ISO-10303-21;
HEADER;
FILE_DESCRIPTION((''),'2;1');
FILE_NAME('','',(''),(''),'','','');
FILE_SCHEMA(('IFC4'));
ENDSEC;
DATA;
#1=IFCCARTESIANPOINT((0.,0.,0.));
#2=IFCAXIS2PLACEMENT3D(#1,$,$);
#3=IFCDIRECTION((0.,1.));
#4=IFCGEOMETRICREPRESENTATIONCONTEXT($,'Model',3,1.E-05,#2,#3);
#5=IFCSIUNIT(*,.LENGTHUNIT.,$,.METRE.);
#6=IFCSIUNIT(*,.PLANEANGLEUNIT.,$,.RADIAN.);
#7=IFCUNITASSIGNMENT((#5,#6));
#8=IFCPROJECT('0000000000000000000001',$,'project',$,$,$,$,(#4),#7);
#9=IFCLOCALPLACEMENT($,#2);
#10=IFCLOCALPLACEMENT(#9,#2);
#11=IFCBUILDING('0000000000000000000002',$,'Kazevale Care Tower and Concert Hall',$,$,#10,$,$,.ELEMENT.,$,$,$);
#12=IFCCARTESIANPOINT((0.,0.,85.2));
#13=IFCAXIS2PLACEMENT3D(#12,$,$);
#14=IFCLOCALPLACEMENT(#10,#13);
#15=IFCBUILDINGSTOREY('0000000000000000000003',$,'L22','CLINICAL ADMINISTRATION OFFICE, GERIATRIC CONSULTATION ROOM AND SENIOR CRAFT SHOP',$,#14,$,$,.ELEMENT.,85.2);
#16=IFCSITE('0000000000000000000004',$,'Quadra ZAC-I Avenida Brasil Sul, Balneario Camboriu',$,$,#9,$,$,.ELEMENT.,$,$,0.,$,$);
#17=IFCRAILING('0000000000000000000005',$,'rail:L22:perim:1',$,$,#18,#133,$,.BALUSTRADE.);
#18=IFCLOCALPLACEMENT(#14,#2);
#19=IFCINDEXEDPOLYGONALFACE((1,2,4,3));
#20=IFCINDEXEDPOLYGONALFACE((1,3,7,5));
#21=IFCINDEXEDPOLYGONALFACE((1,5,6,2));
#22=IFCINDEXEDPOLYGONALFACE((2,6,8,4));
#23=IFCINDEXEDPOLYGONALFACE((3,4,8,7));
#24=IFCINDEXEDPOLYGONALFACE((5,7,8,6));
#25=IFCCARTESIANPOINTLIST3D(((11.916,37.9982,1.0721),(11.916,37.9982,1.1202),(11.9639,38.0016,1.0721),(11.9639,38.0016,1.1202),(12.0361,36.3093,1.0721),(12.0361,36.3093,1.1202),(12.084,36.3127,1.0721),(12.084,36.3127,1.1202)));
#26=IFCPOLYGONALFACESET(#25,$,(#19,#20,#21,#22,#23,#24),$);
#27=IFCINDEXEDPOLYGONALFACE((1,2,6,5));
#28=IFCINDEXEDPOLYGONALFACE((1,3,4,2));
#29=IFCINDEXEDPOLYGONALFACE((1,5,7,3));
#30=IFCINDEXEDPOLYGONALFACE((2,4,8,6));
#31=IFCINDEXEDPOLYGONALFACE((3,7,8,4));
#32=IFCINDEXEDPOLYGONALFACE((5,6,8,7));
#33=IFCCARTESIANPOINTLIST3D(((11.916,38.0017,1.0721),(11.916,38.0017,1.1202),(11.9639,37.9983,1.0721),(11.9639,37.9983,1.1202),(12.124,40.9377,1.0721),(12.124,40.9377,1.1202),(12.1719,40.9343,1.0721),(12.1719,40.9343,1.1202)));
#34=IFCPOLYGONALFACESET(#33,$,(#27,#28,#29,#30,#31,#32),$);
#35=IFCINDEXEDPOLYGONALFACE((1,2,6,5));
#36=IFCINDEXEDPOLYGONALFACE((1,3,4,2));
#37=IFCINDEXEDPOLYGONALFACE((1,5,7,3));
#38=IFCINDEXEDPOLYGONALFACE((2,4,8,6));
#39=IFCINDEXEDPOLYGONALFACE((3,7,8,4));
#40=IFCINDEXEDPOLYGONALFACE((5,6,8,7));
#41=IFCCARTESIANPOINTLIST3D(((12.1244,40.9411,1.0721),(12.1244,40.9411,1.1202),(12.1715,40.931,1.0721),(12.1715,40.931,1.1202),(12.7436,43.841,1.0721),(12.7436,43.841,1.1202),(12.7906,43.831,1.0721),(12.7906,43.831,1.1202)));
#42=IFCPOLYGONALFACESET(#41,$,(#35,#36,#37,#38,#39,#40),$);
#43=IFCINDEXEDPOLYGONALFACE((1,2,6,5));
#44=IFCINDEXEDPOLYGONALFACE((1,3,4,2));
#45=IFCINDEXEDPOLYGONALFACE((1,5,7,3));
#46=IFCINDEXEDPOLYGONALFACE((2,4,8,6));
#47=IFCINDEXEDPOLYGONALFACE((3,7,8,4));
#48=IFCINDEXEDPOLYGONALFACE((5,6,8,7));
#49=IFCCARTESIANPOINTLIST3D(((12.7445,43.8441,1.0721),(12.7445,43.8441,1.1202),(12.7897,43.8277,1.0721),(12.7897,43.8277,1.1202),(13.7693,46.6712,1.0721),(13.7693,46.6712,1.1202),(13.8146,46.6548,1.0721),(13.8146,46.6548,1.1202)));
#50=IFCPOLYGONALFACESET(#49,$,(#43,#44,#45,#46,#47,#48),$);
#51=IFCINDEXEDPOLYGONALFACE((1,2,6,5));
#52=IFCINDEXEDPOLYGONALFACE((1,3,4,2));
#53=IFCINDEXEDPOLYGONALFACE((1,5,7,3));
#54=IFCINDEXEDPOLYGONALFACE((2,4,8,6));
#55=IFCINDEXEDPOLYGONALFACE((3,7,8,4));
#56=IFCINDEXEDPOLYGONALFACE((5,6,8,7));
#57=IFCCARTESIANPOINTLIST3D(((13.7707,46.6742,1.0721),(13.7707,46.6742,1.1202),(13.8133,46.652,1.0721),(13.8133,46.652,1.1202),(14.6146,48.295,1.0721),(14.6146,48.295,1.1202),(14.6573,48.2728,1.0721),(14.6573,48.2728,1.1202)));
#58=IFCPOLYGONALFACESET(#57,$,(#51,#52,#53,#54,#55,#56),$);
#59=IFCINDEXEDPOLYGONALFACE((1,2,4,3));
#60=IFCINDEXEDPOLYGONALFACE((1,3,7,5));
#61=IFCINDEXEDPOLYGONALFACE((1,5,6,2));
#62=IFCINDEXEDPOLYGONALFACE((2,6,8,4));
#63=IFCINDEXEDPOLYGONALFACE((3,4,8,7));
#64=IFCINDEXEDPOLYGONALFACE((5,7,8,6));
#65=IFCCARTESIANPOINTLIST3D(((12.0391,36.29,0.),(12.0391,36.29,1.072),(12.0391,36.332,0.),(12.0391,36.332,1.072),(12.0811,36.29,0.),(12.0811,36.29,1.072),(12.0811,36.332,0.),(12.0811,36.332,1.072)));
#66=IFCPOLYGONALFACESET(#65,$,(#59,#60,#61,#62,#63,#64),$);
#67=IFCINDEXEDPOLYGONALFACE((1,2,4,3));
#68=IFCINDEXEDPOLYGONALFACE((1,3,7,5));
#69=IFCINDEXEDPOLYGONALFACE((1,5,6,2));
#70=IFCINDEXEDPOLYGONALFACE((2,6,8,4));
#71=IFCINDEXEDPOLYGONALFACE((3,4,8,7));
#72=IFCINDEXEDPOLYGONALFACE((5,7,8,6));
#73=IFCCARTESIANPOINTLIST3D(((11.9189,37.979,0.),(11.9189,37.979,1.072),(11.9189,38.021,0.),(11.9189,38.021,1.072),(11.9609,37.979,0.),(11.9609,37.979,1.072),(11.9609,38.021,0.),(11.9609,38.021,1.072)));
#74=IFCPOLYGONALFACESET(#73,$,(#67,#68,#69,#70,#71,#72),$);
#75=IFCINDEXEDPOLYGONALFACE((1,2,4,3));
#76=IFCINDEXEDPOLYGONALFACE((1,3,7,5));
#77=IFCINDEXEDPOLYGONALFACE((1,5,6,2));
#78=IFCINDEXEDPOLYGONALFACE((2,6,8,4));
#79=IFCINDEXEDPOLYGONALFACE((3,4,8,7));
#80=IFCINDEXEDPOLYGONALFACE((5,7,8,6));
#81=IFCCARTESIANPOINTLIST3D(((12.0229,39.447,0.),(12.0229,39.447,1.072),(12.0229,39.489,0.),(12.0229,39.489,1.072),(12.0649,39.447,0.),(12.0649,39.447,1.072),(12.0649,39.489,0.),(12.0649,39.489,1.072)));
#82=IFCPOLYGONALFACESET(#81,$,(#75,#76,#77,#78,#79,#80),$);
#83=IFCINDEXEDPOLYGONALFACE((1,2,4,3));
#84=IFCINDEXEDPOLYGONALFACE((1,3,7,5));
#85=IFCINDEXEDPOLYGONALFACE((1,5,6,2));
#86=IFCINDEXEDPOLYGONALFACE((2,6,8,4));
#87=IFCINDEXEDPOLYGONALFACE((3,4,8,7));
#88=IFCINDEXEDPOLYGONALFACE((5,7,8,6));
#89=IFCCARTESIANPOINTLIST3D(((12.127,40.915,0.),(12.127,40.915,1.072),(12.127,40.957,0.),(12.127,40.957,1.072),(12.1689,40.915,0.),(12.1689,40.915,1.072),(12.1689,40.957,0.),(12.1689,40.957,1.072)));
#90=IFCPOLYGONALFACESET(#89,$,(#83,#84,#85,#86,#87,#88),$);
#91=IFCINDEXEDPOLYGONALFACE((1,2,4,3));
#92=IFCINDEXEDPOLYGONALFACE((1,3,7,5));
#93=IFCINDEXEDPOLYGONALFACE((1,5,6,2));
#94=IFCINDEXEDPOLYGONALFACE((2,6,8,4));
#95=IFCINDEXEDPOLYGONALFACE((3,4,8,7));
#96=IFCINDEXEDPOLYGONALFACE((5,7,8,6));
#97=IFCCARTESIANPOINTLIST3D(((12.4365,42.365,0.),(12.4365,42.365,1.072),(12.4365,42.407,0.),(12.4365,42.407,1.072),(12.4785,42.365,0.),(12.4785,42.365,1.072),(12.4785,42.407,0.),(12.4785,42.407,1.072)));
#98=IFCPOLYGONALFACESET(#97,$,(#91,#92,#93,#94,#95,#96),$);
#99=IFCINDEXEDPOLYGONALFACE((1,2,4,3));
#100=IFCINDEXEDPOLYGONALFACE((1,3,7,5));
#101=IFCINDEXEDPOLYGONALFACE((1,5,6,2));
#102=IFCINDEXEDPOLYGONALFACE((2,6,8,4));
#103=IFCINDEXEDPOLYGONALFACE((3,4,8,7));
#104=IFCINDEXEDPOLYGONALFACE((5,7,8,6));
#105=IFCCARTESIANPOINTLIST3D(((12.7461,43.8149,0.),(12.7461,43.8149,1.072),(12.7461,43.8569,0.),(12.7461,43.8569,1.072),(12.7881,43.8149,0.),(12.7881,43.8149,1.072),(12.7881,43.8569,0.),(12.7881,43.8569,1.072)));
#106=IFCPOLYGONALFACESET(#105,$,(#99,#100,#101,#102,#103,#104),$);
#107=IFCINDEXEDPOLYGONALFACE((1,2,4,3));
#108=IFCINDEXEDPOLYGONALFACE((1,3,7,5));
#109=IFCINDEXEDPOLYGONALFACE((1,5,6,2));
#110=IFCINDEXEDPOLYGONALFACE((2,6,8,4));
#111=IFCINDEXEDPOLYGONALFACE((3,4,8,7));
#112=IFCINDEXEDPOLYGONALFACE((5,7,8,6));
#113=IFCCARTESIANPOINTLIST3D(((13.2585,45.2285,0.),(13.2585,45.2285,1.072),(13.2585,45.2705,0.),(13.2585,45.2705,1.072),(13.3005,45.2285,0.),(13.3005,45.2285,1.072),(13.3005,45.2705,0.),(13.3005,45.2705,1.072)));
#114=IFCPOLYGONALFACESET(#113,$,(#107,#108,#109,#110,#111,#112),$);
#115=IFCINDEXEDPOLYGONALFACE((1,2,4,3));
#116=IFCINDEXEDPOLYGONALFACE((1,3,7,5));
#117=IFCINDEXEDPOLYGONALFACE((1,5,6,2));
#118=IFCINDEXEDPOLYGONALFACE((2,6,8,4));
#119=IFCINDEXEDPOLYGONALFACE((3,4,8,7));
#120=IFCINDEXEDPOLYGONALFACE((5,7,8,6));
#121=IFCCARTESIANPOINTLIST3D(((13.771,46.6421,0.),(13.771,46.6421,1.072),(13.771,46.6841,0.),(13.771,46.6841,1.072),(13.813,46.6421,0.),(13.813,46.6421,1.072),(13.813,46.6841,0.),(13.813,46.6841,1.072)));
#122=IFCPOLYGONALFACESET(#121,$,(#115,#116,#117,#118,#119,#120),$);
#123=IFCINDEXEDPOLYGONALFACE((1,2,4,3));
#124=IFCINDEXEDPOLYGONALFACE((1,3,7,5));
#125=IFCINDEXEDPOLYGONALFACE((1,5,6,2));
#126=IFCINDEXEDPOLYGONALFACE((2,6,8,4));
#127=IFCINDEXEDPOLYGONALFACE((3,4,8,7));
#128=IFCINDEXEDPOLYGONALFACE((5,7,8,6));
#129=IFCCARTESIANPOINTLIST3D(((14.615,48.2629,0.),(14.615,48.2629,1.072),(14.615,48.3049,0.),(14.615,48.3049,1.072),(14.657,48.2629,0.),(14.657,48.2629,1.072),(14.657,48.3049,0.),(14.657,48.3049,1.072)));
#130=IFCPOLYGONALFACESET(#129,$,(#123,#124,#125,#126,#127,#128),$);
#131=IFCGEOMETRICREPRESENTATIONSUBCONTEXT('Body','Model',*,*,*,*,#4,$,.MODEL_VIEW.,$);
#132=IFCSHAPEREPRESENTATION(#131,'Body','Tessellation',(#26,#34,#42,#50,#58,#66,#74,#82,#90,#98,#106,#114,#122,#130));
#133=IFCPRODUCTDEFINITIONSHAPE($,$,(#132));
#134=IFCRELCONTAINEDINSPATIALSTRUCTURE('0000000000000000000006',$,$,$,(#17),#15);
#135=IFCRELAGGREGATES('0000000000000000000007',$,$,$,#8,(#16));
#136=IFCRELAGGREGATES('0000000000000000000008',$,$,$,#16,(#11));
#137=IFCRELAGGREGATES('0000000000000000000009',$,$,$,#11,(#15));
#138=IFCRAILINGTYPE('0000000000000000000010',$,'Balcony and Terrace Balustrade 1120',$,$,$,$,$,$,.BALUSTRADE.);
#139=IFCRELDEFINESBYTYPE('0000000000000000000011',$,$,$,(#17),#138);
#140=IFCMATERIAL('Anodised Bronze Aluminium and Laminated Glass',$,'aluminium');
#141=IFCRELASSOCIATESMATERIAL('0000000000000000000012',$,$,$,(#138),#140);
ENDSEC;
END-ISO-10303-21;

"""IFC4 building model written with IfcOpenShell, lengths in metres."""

from ifc_helpers import new_model, si_unit, direction, frame, origin, origin_2d, place, context, subcontext, project, spatial, rectangle, extrude, material, type_object, element, save


model = new_model("IFC4")

# Units and contexts
model_context = context("Model", 3, precision=1e-05, world=origin(), true_north=direction((0.0, 1.0)))
body_context = subcontext(model_context, "Body", "Model", "MODEL_VIEW")
ifc_project = project(units=[si_unit("LENGTHUNIT", "METRE"), si_unit("PLANEANGLEUNIT", "RADIAN")], contexts=[model_context])

# Site, building, storey
site_placement = place(None, origin())
site = spatial("IfcSite", under=ifc_project, at=site_placement, Name="Quadra ZAC-I Avenida Brasil Sul, Balneario Camboriu", CompositionType="ELEMENT", RefElevation=0.0)
building_placement = place(site_placement, origin())
building = spatial("IfcBuilding", under=site, at=building_placement, Name="Kazevale Care Tower and Concert Hall", CompositionType="ELEMENT")
storey_placement = place(building_placement, frame((0.0, 0.0, 85.2)))
storey = spatial("IfcBuildingStorey", under=building, at=storey_placement, Name="L22", Description="CLINICAL ADMINISTRATION OFFICE, GERIATRIC CONSULTATION ROOM AND SENIOR CRAFT SHOP", CompositionType="ELEMENT", Elevation=85.2)

# Railing
ifc_material_1 = material(Name="Anodised Bronze Aluminium and Laminated Glass", Category="aluminium")
railing_type = type_object("IfcRailingType", Name="Balcony and Terrace Balustrade 1120", PredefinedType="BALUSTRADE", material=ifc_material_1)
railing_placement = place(storey_placement, frame((12.0601, 36.311, 0.0)))
element("IfcRailing", 1, at=railing_placement, inside=storey, type_object=railing_type, Name="rail:L22:perim:1", PredefinedType="BALUSTRADE", context=body_context, shape_type="SweptSolid", body=[
    extrude(rectangle(XDim=0.0481, YDim=0.0481, at=origin_2d()), frame((0.0, 0.0, 1.0962), z_axis=(-0.07094, 0.997481, 0.0), x_axis=(-0.997481, -0.07094, 0.0)), (0.0, 0.0, 1.0), 1.6931),
    extrude(rectangle(XDim=0.0481, YDim=0.0481, at=origin_2d()), frame((-0.1201, 1.689, 1.0962), z_axis=(0.070669, 0.9975, 0.0), x_axis=(-0.9975, 0.070669, 0.0)), (0.0, 0.0, 1.0), 2.9434),
    extrude(rectangle(XDim=0.0481, YDim=0.0481, at=origin_2d()), frame((0.0879, 4.625, 1.0962), z_axis=(0.208798, 0.977959, 0.0), x_axis=(-0.977959, 0.208798, 0.0)), (0.0, 0.0, 1.0), 2.9653),
    extrude(rectangle(XDim=0.0481, YDim=0.0481, at=origin_2d()), frame((0.707, 7.5249, 1.0962), z_axis=(0.340817, 0.94013, 0.0), x_axis=(-0.94013, 0.340817, 0.0)), (0.0, 0.0, 1.0), 3.0071),
    extrude(rectangle(XDim=0.0481, YDim=0.0481, at=origin_2d()), frame((1.7319, 10.3521, 1.0962), z_axis=(0.461849, 0.886959, 0.0), x_axis=(-0.886959, 0.461849, 0.0)), (0.0, 0.0, 1.0), 1.8274),
    extrude(rectangle(XDim=0.042, YDim=0.042, at=origin_2d()), origin(), (0.0, 0.0, 1.0), 1.072),
    extrude(rectangle(XDim=0.042, YDim=0.042, at=origin_2d()), frame((-0.1201, 1.689, 0.0)), (0.0, 0.0, 1.0), 1.072),
    extrude(rectangle(XDim=0.042, YDim=0.042, at=origin_2d()), frame((-0.0161, 3.157, 0.0)), (0.0, 0.0, 1.0), 1.072),
    extrude(rectangle(XDim=0.042, YDim=0.042, at=origin_2d()), frame((0.0879, 4.625, 0.0)), (0.0, 0.0, 1.0), 1.072),
    extrude(rectangle(XDim=0.042, YDim=0.042, at=origin_2d()), frame((0.3975, 6.075, 0.0)), (0.0, 0.0, 1.0), 1.072),
    extrude(rectangle(XDim=0.042, YDim=0.042, at=origin_2d()), frame((0.707, 7.5249, 0.0)), (0.0, 0.0, 1.0), 1.072),
    extrude(rectangle(XDim=0.042, YDim=0.042, at=origin_2d()), frame((1.2195, 8.9385, 0.0)), (0.0, 0.0, 1.0), 1.072),
    extrude(rectangle(XDim=0.042, YDim=0.042, at=origin_2d()), frame((1.7319, 10.3521, 0.0)), (0.0, 0.0, 1.0), 1.072),
    extrude(rectangle(XDim=0.042, YDim=0.042, at=origin_2d()), frame((2.5759, 11.9729, 0.0)), (0.0, 0.0, 1.0), 1.072),
])

save(model, "model.ifc")
